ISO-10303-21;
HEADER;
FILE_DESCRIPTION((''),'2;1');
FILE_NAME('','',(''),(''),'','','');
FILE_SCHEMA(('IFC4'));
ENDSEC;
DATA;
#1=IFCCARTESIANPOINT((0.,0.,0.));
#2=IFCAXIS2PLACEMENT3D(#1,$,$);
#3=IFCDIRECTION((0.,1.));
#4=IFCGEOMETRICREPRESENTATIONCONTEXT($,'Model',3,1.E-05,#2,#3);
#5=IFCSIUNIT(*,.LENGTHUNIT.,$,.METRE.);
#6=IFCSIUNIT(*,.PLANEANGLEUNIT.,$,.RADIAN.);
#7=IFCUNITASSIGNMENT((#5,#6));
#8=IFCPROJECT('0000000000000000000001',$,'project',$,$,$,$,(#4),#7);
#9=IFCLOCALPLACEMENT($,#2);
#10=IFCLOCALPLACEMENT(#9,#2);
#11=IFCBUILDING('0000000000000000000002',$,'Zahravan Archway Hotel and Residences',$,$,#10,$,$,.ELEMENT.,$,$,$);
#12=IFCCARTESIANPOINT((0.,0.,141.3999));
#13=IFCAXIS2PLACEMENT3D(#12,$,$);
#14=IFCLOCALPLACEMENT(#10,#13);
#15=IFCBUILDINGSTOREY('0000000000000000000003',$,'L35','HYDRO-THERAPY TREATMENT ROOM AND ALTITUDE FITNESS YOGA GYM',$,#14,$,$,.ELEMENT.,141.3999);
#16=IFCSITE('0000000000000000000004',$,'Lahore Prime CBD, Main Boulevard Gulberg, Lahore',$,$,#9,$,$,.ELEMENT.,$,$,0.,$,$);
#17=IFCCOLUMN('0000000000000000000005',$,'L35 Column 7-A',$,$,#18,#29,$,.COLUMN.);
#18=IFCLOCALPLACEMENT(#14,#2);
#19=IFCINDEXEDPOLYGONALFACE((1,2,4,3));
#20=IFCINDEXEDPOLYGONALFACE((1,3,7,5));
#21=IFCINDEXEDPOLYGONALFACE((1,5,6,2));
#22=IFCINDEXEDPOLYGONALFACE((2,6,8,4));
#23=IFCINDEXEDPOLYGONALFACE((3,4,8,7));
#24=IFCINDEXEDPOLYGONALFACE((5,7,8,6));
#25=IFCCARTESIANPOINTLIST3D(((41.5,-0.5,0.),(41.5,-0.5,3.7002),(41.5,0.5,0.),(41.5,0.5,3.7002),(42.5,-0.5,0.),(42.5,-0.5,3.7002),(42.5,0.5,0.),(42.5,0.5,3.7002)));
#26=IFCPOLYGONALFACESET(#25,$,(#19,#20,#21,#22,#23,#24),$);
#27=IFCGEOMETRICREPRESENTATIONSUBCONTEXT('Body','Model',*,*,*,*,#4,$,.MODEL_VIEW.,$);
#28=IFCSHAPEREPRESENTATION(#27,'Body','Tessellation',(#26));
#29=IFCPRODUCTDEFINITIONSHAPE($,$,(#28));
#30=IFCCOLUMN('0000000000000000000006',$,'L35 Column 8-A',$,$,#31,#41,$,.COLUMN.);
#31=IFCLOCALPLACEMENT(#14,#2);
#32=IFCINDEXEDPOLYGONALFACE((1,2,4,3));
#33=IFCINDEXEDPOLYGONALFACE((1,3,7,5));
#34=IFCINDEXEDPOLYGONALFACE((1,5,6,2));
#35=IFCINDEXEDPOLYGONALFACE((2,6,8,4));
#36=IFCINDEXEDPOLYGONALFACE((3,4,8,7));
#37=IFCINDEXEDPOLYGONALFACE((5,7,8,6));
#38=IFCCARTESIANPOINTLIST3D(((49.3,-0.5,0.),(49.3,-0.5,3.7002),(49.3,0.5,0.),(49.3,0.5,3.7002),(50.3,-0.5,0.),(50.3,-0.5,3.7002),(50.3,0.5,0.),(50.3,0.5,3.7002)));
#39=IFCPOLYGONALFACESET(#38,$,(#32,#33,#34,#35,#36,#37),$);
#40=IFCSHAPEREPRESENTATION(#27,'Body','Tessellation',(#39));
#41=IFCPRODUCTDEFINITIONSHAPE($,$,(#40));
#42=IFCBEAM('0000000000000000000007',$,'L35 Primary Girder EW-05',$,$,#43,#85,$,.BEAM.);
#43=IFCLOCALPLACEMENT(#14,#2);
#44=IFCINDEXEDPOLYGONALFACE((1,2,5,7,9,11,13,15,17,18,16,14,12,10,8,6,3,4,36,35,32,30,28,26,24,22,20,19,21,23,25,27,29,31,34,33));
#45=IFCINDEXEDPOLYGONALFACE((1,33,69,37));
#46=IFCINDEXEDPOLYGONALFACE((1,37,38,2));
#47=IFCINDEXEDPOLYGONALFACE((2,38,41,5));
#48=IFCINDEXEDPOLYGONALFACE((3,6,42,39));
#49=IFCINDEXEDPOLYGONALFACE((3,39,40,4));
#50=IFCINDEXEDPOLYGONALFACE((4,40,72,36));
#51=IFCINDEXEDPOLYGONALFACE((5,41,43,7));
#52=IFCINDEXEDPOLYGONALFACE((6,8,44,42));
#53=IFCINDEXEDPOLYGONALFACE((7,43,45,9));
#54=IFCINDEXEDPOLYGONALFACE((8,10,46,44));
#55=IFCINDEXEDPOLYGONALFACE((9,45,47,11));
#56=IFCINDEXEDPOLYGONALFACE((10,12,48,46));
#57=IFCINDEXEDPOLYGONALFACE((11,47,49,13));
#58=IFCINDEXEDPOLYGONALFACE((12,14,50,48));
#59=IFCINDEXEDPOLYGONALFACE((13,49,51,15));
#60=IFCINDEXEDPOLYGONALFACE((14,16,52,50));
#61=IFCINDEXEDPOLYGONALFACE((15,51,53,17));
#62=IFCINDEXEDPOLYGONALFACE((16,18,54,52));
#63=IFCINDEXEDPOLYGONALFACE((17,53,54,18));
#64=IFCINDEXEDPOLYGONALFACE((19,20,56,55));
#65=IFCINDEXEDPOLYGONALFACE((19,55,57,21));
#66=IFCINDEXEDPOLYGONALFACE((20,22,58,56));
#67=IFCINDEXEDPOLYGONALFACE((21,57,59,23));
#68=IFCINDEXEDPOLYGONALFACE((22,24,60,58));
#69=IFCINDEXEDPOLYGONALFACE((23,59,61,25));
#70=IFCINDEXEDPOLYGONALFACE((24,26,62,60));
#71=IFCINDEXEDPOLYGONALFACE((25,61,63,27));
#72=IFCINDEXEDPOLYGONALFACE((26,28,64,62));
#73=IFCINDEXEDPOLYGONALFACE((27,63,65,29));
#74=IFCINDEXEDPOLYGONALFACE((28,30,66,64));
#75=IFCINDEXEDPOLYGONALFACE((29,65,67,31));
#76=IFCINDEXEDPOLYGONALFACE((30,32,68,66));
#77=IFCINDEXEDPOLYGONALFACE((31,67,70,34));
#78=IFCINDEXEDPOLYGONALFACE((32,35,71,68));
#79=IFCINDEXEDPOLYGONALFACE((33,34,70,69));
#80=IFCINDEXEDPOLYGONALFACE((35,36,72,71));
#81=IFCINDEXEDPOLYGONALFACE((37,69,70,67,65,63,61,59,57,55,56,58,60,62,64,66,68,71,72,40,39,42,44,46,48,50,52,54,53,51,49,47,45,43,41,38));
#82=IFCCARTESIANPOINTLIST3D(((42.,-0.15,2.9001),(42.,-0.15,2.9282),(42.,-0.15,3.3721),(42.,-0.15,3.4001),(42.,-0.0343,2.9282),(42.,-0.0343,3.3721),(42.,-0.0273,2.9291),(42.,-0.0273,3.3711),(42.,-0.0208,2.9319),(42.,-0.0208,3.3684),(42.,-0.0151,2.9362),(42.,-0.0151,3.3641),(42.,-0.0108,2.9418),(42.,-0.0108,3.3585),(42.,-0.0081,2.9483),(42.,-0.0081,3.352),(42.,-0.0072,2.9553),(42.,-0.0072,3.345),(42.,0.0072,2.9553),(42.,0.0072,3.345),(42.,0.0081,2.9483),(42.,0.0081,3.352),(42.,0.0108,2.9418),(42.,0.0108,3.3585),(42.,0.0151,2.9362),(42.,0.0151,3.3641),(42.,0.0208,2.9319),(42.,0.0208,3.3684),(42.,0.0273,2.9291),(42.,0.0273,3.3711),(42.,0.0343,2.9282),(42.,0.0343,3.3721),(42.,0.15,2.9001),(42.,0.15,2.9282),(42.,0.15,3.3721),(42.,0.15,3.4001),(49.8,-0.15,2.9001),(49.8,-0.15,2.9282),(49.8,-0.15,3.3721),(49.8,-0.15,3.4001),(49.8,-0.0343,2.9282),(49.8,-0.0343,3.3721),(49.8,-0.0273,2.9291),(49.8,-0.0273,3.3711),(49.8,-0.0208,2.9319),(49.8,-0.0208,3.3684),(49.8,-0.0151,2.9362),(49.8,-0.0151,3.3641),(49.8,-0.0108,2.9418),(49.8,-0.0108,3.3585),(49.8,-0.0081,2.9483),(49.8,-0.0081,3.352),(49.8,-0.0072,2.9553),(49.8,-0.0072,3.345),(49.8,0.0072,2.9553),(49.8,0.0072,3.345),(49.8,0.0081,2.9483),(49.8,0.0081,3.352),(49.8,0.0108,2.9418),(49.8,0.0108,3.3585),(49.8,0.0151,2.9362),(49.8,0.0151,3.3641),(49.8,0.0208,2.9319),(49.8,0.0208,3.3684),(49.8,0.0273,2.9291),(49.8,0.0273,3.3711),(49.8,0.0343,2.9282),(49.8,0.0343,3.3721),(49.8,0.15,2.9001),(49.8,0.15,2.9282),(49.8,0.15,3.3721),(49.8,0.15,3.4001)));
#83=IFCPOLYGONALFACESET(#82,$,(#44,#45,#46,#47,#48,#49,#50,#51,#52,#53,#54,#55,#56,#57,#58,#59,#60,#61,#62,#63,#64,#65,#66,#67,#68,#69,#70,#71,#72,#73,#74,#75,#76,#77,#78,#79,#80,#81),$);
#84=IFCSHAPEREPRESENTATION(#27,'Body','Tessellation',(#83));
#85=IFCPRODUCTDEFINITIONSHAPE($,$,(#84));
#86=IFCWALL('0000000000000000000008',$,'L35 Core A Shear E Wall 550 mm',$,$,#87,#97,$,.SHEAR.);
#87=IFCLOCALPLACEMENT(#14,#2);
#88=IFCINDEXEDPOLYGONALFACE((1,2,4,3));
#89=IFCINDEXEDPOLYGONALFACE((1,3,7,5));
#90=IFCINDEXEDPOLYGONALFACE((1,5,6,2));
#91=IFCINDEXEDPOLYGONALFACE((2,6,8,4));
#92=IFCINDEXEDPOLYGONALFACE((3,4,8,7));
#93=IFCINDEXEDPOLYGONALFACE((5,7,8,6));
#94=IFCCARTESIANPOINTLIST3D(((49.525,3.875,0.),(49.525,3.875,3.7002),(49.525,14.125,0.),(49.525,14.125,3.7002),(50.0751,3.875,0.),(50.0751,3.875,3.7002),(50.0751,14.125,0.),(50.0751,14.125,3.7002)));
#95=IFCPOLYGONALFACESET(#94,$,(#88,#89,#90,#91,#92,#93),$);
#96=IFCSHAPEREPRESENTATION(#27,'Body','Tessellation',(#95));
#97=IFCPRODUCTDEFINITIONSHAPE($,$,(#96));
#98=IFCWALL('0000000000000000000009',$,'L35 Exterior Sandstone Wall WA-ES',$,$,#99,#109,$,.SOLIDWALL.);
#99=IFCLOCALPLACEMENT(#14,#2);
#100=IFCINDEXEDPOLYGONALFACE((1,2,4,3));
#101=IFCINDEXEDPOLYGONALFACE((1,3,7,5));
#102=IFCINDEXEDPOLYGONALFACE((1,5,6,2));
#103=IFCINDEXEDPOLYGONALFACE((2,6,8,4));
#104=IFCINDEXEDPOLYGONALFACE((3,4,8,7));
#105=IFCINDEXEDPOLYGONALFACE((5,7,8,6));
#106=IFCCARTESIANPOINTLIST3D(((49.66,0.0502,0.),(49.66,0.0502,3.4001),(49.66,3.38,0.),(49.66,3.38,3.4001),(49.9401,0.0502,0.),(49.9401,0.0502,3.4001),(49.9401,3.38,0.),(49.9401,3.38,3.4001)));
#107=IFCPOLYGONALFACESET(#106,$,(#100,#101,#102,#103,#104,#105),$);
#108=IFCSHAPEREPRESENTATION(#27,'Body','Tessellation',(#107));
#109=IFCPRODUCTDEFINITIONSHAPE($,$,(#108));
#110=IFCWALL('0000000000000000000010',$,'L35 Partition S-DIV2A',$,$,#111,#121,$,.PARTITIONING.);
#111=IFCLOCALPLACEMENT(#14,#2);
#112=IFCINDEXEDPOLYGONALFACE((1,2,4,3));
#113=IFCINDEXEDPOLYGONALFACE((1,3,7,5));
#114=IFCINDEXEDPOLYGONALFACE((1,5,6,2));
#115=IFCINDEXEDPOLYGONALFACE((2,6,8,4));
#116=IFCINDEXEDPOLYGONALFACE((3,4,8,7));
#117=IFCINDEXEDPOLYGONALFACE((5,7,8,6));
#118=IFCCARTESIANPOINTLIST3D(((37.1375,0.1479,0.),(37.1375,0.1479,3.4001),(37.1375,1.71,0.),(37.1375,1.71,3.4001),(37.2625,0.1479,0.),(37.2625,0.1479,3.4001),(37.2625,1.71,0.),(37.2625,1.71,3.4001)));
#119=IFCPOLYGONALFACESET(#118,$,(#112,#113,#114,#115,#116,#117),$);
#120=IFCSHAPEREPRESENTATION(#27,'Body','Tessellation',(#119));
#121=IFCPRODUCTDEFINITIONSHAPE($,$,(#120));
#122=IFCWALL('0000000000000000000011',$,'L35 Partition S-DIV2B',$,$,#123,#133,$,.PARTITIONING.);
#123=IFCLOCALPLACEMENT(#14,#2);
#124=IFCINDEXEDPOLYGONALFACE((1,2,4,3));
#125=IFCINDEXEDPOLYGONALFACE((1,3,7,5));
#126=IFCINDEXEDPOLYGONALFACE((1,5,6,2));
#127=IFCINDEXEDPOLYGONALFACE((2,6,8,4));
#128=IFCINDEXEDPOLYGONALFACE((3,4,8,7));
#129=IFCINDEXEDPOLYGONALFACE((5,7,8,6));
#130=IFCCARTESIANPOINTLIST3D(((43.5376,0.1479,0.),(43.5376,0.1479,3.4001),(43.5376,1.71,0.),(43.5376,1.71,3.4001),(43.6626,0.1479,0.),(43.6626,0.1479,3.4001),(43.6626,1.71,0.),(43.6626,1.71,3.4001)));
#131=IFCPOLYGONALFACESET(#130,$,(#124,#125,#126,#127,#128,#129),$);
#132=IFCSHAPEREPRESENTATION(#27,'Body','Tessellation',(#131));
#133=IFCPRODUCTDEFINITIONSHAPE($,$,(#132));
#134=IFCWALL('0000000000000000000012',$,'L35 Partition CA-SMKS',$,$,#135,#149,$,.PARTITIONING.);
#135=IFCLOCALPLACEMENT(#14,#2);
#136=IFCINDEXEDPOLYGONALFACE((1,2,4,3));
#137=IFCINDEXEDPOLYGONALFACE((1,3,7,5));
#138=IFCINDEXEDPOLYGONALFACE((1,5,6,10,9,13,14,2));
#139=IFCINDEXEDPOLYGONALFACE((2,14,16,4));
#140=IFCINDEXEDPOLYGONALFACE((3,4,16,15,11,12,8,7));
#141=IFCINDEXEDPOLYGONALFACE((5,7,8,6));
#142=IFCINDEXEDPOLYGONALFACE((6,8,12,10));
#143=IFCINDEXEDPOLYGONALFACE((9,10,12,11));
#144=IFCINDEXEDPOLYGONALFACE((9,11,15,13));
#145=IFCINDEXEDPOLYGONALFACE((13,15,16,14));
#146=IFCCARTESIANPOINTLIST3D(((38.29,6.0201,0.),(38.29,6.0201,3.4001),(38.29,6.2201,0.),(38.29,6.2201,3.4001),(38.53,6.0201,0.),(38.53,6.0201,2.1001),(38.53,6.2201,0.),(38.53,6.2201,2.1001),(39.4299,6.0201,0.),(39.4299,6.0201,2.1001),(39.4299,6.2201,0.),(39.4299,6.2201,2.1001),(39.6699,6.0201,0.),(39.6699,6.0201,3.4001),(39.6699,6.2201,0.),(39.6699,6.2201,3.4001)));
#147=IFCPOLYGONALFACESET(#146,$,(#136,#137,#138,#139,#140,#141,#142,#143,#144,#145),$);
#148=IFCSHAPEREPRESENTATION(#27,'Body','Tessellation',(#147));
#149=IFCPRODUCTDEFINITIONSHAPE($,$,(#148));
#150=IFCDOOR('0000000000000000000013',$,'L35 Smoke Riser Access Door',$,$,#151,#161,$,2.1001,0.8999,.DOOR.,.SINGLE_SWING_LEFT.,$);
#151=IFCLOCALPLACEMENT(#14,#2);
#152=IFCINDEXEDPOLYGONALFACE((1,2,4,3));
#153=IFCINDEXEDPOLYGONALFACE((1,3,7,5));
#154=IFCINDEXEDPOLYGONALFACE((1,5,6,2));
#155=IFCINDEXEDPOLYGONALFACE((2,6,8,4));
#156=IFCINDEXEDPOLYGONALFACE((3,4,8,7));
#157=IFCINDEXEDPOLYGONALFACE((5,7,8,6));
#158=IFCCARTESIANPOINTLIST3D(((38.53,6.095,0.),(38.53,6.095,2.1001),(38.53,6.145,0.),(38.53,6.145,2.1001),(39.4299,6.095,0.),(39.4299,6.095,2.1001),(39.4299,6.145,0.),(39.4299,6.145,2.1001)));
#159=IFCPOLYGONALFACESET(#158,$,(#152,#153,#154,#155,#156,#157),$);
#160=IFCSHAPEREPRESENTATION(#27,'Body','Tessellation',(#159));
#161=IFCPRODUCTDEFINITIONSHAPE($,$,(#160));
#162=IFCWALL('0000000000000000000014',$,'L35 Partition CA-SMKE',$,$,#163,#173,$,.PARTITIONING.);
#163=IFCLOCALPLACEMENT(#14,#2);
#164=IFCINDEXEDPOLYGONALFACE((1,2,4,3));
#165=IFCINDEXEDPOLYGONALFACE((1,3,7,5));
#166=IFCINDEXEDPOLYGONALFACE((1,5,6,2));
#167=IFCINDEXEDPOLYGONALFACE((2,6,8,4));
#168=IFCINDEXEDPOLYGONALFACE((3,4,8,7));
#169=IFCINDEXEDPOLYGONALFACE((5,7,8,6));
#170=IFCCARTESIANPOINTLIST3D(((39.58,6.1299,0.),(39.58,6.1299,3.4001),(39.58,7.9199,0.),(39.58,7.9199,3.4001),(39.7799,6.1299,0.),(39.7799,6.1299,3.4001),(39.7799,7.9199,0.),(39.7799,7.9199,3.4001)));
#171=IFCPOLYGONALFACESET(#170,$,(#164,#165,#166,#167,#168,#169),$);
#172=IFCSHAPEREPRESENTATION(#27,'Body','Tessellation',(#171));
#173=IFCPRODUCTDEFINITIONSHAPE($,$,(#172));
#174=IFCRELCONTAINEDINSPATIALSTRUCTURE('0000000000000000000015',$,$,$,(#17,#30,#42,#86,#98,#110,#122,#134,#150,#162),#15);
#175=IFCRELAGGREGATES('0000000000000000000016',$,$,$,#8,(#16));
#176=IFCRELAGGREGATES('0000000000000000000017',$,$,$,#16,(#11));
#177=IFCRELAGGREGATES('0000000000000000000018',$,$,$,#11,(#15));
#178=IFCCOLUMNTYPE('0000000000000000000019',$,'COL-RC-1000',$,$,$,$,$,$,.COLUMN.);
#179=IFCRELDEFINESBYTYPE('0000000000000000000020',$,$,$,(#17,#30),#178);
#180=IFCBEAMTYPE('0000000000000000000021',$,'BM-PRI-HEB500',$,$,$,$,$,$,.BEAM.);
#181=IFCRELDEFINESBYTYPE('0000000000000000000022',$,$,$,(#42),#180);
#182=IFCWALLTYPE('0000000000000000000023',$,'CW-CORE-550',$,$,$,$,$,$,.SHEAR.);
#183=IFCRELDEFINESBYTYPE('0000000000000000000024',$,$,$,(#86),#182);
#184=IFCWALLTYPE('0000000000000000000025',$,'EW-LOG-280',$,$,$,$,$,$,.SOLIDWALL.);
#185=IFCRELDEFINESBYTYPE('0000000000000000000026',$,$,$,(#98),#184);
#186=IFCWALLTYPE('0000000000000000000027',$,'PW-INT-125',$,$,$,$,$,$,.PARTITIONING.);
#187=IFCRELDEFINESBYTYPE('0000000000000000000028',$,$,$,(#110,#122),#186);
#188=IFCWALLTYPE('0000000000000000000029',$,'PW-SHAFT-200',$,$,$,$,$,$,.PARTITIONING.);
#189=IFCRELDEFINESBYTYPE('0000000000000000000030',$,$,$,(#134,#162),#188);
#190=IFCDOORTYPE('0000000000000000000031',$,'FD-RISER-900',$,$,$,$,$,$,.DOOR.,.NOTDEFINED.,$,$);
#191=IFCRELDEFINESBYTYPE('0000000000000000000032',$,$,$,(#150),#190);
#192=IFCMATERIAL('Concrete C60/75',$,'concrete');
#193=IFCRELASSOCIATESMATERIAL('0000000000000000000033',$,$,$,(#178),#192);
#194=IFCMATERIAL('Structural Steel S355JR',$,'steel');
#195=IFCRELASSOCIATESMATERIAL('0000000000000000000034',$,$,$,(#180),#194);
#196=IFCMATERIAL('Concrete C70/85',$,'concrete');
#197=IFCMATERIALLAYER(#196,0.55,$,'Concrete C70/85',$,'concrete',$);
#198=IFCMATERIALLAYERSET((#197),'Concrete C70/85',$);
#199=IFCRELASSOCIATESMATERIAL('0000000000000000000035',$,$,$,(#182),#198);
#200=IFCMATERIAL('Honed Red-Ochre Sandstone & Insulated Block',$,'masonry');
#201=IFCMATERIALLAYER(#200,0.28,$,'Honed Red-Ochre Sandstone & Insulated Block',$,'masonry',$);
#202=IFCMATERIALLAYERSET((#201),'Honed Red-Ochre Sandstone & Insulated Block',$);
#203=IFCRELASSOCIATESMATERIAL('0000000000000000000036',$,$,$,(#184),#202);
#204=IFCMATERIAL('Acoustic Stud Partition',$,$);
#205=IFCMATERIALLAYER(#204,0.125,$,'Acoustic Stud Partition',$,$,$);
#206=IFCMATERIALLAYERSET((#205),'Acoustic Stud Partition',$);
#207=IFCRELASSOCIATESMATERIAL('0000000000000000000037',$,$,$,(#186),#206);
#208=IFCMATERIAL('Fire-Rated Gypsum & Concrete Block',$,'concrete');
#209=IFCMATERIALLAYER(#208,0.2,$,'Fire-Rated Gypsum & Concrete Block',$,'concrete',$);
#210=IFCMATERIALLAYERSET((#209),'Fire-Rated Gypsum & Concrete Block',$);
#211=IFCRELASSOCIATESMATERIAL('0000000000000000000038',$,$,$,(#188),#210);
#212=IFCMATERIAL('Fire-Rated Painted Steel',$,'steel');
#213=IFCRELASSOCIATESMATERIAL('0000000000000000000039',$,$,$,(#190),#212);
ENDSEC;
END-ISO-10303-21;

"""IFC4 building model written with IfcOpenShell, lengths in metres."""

from ifc_helpers import new_model, si_unit, direction, frame, frame_2d, origin, origin_2d, place, context, subcontext, project, spatial, rectangle, i_section, extrude, source, transform, mapped, material, layer, layer_set, material_profile, profile_set, type_object, type_shapes, element, fill, save


model = new_model("IFC4")

# Units and contexts
model_context = context("Model", 3, precision=1e-05, world=origin(), true_north=direction((0.0, 1.0)))
body_context = subcontext(model_context, "Body", "Model", "MODEL_VIEW")
ifc_project = project(units=[si_unit("LENGTHUNIT", "METRE"), si_unit("PLANEANGLEUNIT", "RADIAN")], contexts=[model_context])

# Site, building, storey
site_placement = place(None, origin())
site = spatial("IfcSite", under=ifc_project, at=site_placement, Name="Lahore Prime CBD, Main Boulevard Gulberg, Lahore", CompositionType="ELEMENT", RefElevation=0.0)
building_placement = place(site_placement, origin())
building = spatial("IfcBuilding", under=site, at=building_placement, Name="Zahravan Archway Hotel and Residences", CompositionType="ELEMENT")
storey_placement = place(building_placement, frame((0.0, 0.0, 141.3999)))
storey = spatial("IfcBuildingStorey", under=building, at=storey_placement, Name="L35", Description="HYDRO-THERAPY TREATMENT ROOM AND ALTITUDE FITNESS YOGA GYM", CompositionType="ELEMENT", Elevation=141.3999)

# Columns
ifc_material_1 = material(Name="Concrete C60/75", Category="concrete")
ifc_material_profile_1 = material_profile(ifc_material_1, rectangle(XDim=1.0, YDim=1.0, at=origin_2d()), Name="RC-COL-1000x1000", Category="concrete")
ifc_profile_set_1 = profile_set([ifc_material_profile_1], Name="Concrete C60/75")
column_type = type_object("IfcColumnType", Name="COL-RC-1000", PredefinedType="COLUMN", material=ifc_profile_set_1)
shared_shape_1 = source(origin(), body_context, "Body", "SweptSolid", [
    extrude(rectangle(XDim=1.0, YDim=1.0, at=origin_2d()), origin(), (0.0, 0.0, 1.0), 3.7002),
])
for number, where, z_axis, x_axis, name in (
    (1, (42.0, 0.0, 0.0), (0.0, 0.0, 1.0), (1.0, 0.0, 0.0), "L35 Column 7-A"),
    (2, (49.8, 0.0, 0.0), (0.0, 0.0, 1.0), (1.0, 0.0, 0.0), "L35 Column 8-A"),
):
    element("IfcColumn", number, at=place(storey_placement, frame(where, z_axis=z_axis, x_axis=x_axis)), inside=storey, type_object=column_type, Name=name, PredefinedType="COLUMN", context=body_context, shape_type="MappedRepresentation", body=[
        mapped(shared_shape_1, transform((0.0, 0.0, 0.0), scale=1.0)),
    ])

# Beam
ifc_material_2 = material(Name="Structural Steel S355JR", Category="steel")
ifc_material_profile_2 = material_profile(ifc_material_2, i_section(OverallWidth=0.3, OverallDepth=0.5, WebThickness=0.0144, FlangeThickness=0.0281, FilletRadius=0.0271, at=origin_2d()), Name="HEB 500", Category="steel")
ifc_profile_set_2 = profile_set([ifc_material_profile_2], Name="Structural Steel S355JR")
beam_type = type_object("IfcBeamType", Name="BM-PRI-HEB500", PredefinedType="BEAM", material=ifc_profile_set_2)
shared_shape_2 = source(origin(), body_context, "Body", "SweptSolid", [
    extrude(i_section(OverallWidth=0.3, OverallDepth=0.5, WebThickness=0.0144, FlangeThickness=0.0281, FilletRadius=0.0271, at=origin_2d()), origin(), (0.0, 0.0, 1.0), 7.8),
])
beam_placement = place(storey_placement, frame((42.0, 0.0, 3.1501), z_axis=(1.0, 0.0, 0.0), x_axis=(0.0, 1.0, 0.0)))
element("IfcBeam", 3, at=beam_placement, inside=storey, type_object=beam_type, Name="L35 Primary Girder EW-05", PredefinedType="BEAM", context=body_context, shape_type="MappedRepresentation", body=[
    mapped(shared_shape_2, transform((0.0, 0.0, 0.0), scale=1.0)),
])

# Walls
ifc_material_3 = material(Name="Concrete C70/85", Category="concrete")
ifc_layer_1 = layer(ifc_material_3, 0.55, Name="Concrete C70/85", Category="concrete")
ifc_layer_set_1 = layer_set([ifc_layer_1], Name="Concrete C70/85")
wall_type_1 = type_object("IfcWallType", Name="CW-CORE-550", PredefinedType="SHEAR", material=ifc_layer_set_1)
wall_1_placement = place(storey_placement, frame((49.8, 3.875, 0.0), z_axis=(0.0, 0.0, 1.0), x_axis=(0.0, 1.0, 0.0)))
element("IfcWall", 4, at=wall_1_placement, inside=storey, type_object=wall_type_1, Name="L35 Core A Shear E Wall 550 mm", PredefinedType="SHEAR", context=body_context, shape_type="SweptSolid", body=[
    extrude(rectangle(XDim=10.25, YDim=0.55, at=frame_2d((5.125, 0.0))), origin(), (0.0, 0.0, 1.0), 3.7002),
])
ifc_material_4 = material(Name="Honed Red-Ochre Sandstone & Insulated Block", Category="masonry")
ifc_layer_2 = layer(ifc_material_4, 0.28, Name="Honed Red-Ochre Sandstone & Insulated Block", Category="masonry")
ifc_layer_set_2 = layer_set([ifc_layer_2], Name="Honed Red-Ochre Sandstone & Insulated Block")
wall_type_2 = type_object("IfcWallType", Name="EW-LOG-280", PredefinedType="SOLIDWALL", material=ifc_layer_set_2)
wall_2_placement = place(storey_placement, frame((49.8, 0.05, 0.0), z_axis=(0.0, 0.0, 1.0), x_axis=(0.0, 1.0, 0.0)))
element("IfcWall", 5, at=wall_2_placement, inside=storey, type_object=wall_type_2, Name="L35 Exterior Sandstone Wall WA-ES", PredefinedType="SOLIDWALL", context=body_context, shape_type="SweptSolid", body=[
    extrude(rectangle(XDim=3.3298, YDim=0.28, at=frame_2d((1.665, 0.0))), origin(), (0.0, 0.0, 1.0), 3.4001),
])
ifc_material_5 = material(Name="Acoustic Stud Partition")
ifc_layer_3 = layer(ifc_material_5, 0.125, Name="Acoustic Stud Partition")
ifc_layer_set_3 = layer_set([ifc_layer_3], Name="Acoustic Stud Partition")
wall_type_3 = type_object("IfcWallType", Name="PW-INT-125", PredefinedType="PARTITIONING", material=ifc_layer_set_3)
for number, where, z_axis, x_axis, name in (
    (6, (37.2, 0.1479, 0.0), (0.0, 0.0, 1.0), (0.0, 1.0, 0.0), "L35 Partition S-DIV2A"),
    (7, (43.6001, 0.1479, 0.0), (0.0, 0.0, 1.0), (0.0, 1.0, 0.0), "L35 Partition S-DIV2B"),
):
    element("IfcWall", number, at=place(storey_placement, frame(where, z_axis=z_axis, x_axis=x_axis)), inside=storey, type_object=wall_type_3, Name=name, PredefinedType="PARTITIONING", context=body_context, shape_type="SweptSolid", body=[
        extrude(rectangle(XDim=1.562, YDim=0.125, at=frame_2d((0.781, 0.0))), origin(), (0.0, 0.0, 1.0), 3.4001),
    ])

# Wall, opening, door
ifc_material_6 = material(Name="Fire-Rated Gypsum & Concrete Block", Category="concrete")
ifc_layer_4 = layer(ifc_material_6, 0.2, Name="Fire-Rated Gypsum & Concrete Block", Category="concrete")
ifc_layer_set_4 = layer_set([ifc_layer_4], Name="Fire-Rated Gypsum & Concrete Block")
wall_type_4 = type_object("IfcWallType", Name="PW-SHAFT-200", PredefinedType="PARTITIONING", material=ifc_layer_set_4)
wall_3_placement = place(storey_placement, frame((38.29, 6.1201, 0.0), z_axis=(0.0, 0.0, 1.0), x_axis=(1.0, 0.0, 0.0)))
wall_3 = element("IfcWall", 8, at=wall_3_placement, inside=storey, type_object=wall_type_4, Name="L35 Partition CA-SMKS", PredefinedType="PARTITIONING", context=body_context, shape_type="SweptSolid", body=[
    extrude(rectangle(XDim=1.3799, YDim=0.2, at=frame_2d((0.6899, 0.0))), origin(), (0.0, 0.0, 1.0), 3.4001),
])
opening_1_placement = place(wall_3_placement, frame((0.24, 0.0, 0.0)))
opening_1 = element("IfcOpeningElement", 9, at=opening_1_placement, cuts=wall_3, PredefinedType="OPENING", context=body_context, shape_type="SweptSolid", body=[
    extrude(rectangle(XDim=0.8999, YDim=2.1001, at=frame_2d((0.45, 1.05))), frame((0.0, 0.1099, 0.0), z_axis=(0.0, -1.0, 0.0), x_axis=(1.0, 0.0, 0.0)), (0.0, 0.0, 1.0), 0.22),
])
ifc_material_7 = material(Name="Fire-Rated Painted Steel", Category="steel")
door_type = type_object("IfcDoorType", Name="FD-RISER-900", OperationType="NOTDEFINED", PredefinedType="DOOR", material=ifc_material_7)
shared_shape_3 = source(origin(), body_context, "Body", "SweptSolid", [
    extrude(rectangle(XDim=0.8999, YDim=2.1001, at=frame_2d((0.45, 1.05))), frame((0.0, 0.0249, 0.0), z_axis=(0.0, -1.0, 0.0), x_axis=(1.0, 0.0, 0.0)), (0.0, 0.0, 1.0), 0.05),
])
type_shapes(door_type, [shared_shape_3])
door_1_placement = place(opening_1_placement, origin())
door_1 = element("IfcDoor", 10, at=door_1_placement, inside=storey, type_object=door_type, Name="L35 Smoke Riser Access Door", OperationType="SINGLE_SWING_LEFT", OverallHeight=2.1001, OverallWidth=0.8999, PredefinedType="DOOR", context=body_context, shape_type="MappedRepresentation", body=[
    mapped(shared_shape_3, transform((0.0, 0.0, 0.0), scale=1.0)),
])
fill(opening_1, door_1)

# Wall
wall_4_placement = place(storey_placement, frame((39.6799, 6.1299, 0.0), z_axis=(0.0, 0.0, 1.0), x_axis=(0.0, 1.0, 0.0)))
element("IfcWall", 11, at=wall_4_placement, inside=storey, type_object=wall_type_4, Name="L35 Partition CA-SMKE", PredefinedType="PARTITIONING", context=body_context, shape_type="SweptSolid", body=[
    extrude(rectangle(XDim=1.79, YDim=0.2, at=frame_2d((0.895, 0.0))), origin(), (0.0, 0.0, 1.0), 3.4001),
])

save(model, "model.ifc")
